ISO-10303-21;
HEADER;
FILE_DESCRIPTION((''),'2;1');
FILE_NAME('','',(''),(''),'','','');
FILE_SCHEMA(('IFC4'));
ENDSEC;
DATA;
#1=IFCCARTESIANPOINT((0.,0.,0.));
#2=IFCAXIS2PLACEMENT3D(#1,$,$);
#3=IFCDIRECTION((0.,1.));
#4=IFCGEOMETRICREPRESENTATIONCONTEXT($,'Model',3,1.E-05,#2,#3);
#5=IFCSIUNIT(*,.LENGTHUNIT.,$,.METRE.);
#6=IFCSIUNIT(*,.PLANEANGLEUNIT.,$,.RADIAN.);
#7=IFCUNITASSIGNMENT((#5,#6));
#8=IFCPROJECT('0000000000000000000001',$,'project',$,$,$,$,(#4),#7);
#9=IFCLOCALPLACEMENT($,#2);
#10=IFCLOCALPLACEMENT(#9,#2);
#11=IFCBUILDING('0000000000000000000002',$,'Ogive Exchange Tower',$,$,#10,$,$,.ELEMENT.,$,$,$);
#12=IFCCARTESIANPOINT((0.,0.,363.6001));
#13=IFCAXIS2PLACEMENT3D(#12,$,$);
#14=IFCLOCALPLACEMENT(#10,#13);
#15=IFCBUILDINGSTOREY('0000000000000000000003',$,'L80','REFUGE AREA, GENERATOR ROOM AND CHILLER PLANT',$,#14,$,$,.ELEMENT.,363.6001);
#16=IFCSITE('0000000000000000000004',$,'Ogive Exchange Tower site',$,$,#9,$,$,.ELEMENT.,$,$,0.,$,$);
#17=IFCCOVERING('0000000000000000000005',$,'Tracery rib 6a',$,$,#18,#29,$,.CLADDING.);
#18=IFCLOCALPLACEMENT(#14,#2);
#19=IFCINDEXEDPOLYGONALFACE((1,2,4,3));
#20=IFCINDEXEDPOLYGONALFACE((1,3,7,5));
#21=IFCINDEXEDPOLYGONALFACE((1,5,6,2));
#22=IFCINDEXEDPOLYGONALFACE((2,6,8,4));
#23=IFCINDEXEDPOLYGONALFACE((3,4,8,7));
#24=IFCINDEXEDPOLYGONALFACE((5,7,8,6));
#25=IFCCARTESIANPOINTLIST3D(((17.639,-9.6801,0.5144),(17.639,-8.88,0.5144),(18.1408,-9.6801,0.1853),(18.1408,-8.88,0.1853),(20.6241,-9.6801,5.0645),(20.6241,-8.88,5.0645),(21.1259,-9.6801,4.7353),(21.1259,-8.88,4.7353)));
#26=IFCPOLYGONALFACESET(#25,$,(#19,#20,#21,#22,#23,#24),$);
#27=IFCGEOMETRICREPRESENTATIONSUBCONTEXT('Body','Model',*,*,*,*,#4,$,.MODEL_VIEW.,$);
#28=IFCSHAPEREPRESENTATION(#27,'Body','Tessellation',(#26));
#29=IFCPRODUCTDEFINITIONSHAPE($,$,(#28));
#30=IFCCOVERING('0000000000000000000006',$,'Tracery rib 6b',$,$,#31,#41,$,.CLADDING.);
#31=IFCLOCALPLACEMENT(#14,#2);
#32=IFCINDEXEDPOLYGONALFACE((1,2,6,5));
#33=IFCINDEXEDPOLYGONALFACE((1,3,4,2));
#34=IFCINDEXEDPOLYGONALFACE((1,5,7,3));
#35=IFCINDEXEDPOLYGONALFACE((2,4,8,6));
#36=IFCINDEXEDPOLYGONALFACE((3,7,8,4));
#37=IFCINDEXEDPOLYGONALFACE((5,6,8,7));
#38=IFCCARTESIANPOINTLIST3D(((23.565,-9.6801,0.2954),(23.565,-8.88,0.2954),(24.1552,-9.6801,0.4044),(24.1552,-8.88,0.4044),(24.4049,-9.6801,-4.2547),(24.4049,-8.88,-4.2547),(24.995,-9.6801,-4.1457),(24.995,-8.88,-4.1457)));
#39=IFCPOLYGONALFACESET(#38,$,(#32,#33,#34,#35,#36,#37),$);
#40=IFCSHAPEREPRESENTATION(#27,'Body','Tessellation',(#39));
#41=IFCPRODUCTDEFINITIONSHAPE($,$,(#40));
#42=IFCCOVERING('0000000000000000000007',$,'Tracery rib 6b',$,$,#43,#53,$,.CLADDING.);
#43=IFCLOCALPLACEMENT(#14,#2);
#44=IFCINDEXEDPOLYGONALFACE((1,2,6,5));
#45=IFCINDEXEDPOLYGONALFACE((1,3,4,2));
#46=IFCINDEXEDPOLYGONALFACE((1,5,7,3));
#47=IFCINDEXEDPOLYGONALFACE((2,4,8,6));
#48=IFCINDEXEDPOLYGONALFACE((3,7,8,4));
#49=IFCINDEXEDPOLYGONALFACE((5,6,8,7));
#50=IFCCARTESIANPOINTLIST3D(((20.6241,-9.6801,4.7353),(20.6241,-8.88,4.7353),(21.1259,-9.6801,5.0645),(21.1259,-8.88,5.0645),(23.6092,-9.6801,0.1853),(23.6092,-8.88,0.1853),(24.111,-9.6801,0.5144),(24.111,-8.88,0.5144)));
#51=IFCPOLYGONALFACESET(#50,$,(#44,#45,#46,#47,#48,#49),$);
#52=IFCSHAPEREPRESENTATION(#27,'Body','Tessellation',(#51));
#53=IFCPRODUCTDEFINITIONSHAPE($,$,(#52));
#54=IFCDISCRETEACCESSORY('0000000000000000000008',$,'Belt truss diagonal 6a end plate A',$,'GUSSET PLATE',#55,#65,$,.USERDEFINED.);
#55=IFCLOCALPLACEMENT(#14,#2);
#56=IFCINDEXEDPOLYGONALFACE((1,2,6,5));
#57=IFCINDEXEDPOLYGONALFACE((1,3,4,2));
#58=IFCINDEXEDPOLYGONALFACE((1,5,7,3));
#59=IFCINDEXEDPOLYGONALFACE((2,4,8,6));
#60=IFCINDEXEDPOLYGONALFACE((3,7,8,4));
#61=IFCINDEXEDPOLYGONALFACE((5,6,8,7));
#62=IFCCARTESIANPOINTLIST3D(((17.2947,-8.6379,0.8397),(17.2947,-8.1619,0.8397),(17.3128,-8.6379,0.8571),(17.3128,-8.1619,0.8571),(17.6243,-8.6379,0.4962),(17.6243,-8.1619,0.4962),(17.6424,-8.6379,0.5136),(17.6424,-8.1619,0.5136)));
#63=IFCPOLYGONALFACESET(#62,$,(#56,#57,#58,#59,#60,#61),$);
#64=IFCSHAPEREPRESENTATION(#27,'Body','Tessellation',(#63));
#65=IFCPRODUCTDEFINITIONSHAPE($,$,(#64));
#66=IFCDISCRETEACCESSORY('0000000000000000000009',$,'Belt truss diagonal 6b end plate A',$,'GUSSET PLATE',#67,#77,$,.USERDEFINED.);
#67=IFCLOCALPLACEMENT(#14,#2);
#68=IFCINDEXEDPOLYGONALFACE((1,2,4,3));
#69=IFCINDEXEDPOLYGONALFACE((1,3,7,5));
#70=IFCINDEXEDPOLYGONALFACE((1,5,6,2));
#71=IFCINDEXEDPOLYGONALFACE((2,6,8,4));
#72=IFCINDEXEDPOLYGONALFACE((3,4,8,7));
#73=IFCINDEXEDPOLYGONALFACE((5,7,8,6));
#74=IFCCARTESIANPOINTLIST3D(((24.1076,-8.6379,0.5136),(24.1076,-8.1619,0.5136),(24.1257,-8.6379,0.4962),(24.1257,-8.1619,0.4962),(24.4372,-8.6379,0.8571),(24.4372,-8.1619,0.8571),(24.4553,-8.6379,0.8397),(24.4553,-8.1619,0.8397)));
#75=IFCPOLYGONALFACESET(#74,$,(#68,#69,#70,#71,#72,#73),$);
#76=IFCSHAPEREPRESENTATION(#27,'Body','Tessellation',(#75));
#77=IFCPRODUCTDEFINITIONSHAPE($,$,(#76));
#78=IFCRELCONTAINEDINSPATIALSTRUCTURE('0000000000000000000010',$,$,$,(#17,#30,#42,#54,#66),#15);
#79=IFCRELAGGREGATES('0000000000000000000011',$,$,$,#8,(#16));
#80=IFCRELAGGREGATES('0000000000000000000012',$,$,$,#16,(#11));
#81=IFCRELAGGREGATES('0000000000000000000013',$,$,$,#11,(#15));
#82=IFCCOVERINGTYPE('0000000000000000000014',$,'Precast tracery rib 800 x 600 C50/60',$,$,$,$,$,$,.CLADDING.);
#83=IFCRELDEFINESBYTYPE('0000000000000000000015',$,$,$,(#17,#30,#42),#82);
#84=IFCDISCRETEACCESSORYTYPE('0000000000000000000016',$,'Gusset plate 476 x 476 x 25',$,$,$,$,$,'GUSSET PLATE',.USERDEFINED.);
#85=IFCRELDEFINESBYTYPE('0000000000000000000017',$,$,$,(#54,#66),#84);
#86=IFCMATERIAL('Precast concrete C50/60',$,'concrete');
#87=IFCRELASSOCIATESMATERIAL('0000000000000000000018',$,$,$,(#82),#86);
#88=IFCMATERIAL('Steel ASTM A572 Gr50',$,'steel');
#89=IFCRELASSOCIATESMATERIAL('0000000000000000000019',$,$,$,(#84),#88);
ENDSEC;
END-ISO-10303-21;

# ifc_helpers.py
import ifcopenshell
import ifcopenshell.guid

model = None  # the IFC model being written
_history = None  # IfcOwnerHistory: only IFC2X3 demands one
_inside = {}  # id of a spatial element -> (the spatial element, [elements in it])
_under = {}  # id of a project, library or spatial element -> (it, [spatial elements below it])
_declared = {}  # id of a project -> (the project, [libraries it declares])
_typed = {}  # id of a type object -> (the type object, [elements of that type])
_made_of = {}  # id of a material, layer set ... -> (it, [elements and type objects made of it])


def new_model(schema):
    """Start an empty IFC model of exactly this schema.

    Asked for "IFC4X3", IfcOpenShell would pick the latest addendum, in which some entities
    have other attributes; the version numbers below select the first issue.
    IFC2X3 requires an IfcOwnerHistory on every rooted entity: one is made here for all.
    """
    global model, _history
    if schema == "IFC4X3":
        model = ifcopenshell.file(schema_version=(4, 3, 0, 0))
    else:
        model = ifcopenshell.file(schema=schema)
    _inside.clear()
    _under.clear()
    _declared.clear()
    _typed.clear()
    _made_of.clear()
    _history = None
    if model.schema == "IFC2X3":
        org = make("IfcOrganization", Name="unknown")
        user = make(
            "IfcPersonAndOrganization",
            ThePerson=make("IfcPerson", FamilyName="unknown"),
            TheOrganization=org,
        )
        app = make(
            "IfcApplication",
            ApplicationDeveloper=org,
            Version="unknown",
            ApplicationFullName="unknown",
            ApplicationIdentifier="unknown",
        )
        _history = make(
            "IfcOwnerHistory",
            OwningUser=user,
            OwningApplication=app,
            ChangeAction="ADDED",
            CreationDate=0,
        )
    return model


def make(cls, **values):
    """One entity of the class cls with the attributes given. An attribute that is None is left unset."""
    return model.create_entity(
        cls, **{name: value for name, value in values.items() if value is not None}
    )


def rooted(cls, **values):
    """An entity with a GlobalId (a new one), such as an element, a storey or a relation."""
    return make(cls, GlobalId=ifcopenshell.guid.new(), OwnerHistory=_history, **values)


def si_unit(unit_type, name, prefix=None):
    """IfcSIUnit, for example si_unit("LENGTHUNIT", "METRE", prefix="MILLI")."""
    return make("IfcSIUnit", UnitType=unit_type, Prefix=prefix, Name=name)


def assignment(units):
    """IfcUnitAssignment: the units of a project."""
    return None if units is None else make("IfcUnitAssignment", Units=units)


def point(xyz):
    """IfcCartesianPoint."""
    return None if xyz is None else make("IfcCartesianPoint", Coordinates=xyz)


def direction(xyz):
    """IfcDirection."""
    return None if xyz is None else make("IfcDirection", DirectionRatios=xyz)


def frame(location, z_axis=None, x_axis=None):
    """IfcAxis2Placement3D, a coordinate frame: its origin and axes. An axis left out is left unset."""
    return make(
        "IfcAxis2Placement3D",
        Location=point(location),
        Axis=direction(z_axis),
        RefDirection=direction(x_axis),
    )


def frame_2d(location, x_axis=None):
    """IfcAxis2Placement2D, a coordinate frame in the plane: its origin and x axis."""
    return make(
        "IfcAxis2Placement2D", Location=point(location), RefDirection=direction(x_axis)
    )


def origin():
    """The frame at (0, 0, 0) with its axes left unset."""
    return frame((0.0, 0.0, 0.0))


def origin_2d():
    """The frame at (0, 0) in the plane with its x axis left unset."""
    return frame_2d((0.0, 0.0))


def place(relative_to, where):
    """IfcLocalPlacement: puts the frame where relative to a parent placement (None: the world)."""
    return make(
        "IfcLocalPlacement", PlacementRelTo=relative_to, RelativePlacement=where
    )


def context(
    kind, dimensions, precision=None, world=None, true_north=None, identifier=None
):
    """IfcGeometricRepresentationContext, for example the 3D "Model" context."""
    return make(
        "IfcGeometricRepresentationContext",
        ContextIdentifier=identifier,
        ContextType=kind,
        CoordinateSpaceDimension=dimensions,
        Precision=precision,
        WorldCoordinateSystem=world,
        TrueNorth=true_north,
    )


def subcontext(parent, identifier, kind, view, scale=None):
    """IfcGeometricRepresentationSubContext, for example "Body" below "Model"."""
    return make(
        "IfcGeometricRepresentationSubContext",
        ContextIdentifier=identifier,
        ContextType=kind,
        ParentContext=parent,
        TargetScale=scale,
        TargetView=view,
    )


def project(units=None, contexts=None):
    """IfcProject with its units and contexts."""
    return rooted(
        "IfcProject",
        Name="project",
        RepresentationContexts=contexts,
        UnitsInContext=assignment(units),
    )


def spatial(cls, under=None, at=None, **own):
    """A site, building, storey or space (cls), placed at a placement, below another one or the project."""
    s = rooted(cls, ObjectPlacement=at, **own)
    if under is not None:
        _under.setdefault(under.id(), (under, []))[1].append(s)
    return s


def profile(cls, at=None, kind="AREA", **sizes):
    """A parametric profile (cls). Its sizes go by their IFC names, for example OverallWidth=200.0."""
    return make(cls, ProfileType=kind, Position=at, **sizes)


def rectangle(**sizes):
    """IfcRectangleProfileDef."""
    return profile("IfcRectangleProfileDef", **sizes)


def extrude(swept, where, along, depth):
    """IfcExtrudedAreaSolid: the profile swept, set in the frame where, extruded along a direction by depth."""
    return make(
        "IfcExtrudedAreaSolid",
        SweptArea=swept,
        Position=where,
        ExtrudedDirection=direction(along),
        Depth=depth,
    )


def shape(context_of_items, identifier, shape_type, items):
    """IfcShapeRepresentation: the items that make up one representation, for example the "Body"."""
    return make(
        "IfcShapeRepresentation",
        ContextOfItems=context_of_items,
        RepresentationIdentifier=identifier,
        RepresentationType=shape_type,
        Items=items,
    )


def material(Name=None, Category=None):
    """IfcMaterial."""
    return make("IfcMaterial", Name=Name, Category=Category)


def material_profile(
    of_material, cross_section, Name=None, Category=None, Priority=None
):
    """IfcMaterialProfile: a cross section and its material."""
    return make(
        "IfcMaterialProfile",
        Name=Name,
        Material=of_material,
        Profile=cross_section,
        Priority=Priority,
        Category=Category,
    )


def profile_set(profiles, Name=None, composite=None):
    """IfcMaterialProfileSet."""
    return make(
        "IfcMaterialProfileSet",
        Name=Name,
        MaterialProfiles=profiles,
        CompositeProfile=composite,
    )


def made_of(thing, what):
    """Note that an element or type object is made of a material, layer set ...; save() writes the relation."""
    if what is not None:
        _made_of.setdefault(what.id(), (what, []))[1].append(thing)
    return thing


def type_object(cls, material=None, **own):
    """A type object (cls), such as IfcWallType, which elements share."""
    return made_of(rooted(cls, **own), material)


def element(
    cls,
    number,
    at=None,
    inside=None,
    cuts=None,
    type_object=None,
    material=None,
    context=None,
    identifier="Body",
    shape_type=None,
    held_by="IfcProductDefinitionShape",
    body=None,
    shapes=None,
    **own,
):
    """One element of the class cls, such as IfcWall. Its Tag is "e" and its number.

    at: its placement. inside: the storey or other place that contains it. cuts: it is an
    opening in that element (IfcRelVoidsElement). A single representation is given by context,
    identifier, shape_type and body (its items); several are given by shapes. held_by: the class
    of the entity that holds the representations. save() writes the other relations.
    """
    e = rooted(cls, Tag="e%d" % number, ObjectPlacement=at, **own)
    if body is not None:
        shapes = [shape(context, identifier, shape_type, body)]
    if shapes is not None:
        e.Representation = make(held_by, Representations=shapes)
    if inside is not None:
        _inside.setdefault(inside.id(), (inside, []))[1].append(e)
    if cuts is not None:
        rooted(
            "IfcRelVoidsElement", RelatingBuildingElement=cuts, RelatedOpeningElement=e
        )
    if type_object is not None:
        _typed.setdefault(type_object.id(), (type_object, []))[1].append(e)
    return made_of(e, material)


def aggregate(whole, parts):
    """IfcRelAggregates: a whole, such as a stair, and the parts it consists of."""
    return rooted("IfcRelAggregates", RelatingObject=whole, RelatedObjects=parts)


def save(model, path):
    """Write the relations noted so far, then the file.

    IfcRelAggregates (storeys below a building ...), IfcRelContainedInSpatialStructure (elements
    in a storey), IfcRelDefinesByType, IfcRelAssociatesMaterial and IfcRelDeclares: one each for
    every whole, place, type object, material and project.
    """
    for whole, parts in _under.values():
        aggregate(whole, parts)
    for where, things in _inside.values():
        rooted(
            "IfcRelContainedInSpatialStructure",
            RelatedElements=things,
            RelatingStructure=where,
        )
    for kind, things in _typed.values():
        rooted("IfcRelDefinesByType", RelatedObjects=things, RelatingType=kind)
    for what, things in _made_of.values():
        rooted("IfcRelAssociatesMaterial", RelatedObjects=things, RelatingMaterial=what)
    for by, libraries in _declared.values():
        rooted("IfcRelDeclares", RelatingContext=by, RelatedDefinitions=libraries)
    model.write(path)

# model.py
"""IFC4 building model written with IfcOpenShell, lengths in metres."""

from ifc_helpers import new_model, si_unit, direction, frame, origin, origin_2d, place, context, subcontext, project, spatial, rectangle, extrude, material, material_profile, profile_set, type_object, element, save


model = new_model("IFC4")

# Units and contexts
model_context = context("Model", 3, precision=1e-05, world=origin(), true_north=direction((0.0, 1.0)))
body_context = subcontext(model_context, "Body", "Model", "MODEL_VIEW")
ifc_project = project(units=[si_unit("LENGTHUNIT", "METRE"), si_unit("PLANEANGLEUNIT", "RADIAN")], contexts=[model_context])

# Site, building, storey
site_placement = place(None, origin())
site = spatial("IfcSite", under=ifc_project, at=site_placement, Name="Ogive Exchange Tower site", CompositionType="ELEMENT", RefElevation=0.0)
building_placement = place(site_placement, origin())
building = spatial("IfcBuilding", under=site, at=building_placement, Name="Ogive Exchange Tower", CompositionType="ELEMENT")
storey_placement = place(building_placement, frame((0.0, 0.0, 363.6001)))
storey = spatial("IfcBuildingStorey", under=building, at=storey_placement, Name="L80", Description="REFUGE AREA, GENERATOR ROOM AND CHILLER PLANT", CompositionType="ELEMENT", Elevation=363.6001)

# Coverings
ifc_material_1 = material(Name="Precast concrete C50/60", Category="concrete")
ifc_material_profile_1 = material_profile(ifc_material_1, rectangle(XDim=0.8, YDim=0.6001, at=origin_2d()), Name="RIB 800 x 600")
ifc_profile_set_1 = profile_set([ifc_material_profile_1], Name="Precast concrete C50/60")
covering_type = type_object("IfcCoveringType", Name="Precast tracery rib 800 x 600 C50/60", PredefinedType="CLADDING", material=ifc_profile_set_1)
covering_1_placement = place(storey_placement, frame((17.8899, -9.28, 0.3499), z_axis=(0.548546, 0.0, 0.836121), x_axis=(0.0, 1.0, 0.0)))
element("IfcCovering", 1, at=covering_1_placement, inside=storey, type_object=covering_type, Name="Tracery rib 6a", PredefinedType="CLADDING", context=body_context, shape_type="SweptSolid", body=[
    extrude(rectangle(XDim=0.8, YDim=0.6001, at=origin_2d()), origin(), (0.0, 0.0, 1.0), 5.4419),
])
covering_2_placement = place(storey_placement, frame((24.7, -9.28, -4.2002), z_axis=(-0.181513, 0.0, 0.983389), x_axis=(0.0, -1.0, 0.0)))
element("IfcCovering", 2, at=covering_2_placement, inside=storey, type_object=covering_type, Name="Tracery rib 6b", PredefinedType="CLADDING", context=body_context, shape_type="SweptSolid", body=[
    extrude(rectangle(XDim=0.8, YDim=0.6001, at=origin_2d()), origin(), (0.0, 0.0, 1.0), 4.627),
])
covering_3_placement = place(storey_placement, frame((23.8601, -9.28, 0.3499), z_axis=(-0.548546, 0.0, 0.836121), x_axis=(0.0, -1.0, 0.0)))
element("IfcCovering", 3, at=covering_3_placement, inside=storey, type_object=covering_type, Name="Tracery rib 6b", PredefinedType="CLADDING", context=body_context, shape_type="SweptSolid", body=[
    extrude(rectangle(XDim=0.8, YDim=0.6001, at=origin_2d()), origin(), (0.0, 0.0, 1.0), 5.4419),
])

# Discrete accessories
ifc_material_2 = material(Name="Steel ASTM A572 Gr50", Category="steel")
ifc_material_profile_2 = material_profile(ifc_material_2, rectangle(XDim=0.4761, YDim=0.4761, at=origin_2d()), Name="PL 476 x 476 x 25")
ifc_profile_set_2 = profile_set([ifc_material_profile_2], Name="Steel ASTM A572 Gr50")
discrete_accessory_type = type_object("IfcDiscreteAccessoryType", Name="Gusset plate 476 x 476 x 25", ElementType="GUSSET PLATE", PredefinedType="USERDEFINED", material=ifc_profile_set_2)
for number, where, z_axis, x_axis, name in (
    (4, (17.4595, -8.3999, 0.668), (0.721582, 0.0, 0.692329), (0.0, 1.0, 0.0), "Belt truss diagonal 6a end plate A"),
    (5, (24.2905, -8.3999, 0.668), (-0.721582, 0.0, 0.692329), (0.0, -1.0, 0.0), "Belt truss diagonal 6b end plate A"),
):
    element("IfcDiscreteAccessory", number, at=place(storey_placement, frame(where, z_axis=z_axis, x_axis=x_axis)), inside=storey, type_object=discrete_accessory_type, Name=name, ObjectType="GUSSET PLATE", PredefinedType="USERDEFINED", context=body_context, shape_type="SweptSolid", body=[
        extrude(rectangle(XDim=0.4761, YDim=0.4761, at=origin_2d()), origin(), (0.0, 0.0, 1.0), 0.0251),
    ])

save(model, "model.ifc")
